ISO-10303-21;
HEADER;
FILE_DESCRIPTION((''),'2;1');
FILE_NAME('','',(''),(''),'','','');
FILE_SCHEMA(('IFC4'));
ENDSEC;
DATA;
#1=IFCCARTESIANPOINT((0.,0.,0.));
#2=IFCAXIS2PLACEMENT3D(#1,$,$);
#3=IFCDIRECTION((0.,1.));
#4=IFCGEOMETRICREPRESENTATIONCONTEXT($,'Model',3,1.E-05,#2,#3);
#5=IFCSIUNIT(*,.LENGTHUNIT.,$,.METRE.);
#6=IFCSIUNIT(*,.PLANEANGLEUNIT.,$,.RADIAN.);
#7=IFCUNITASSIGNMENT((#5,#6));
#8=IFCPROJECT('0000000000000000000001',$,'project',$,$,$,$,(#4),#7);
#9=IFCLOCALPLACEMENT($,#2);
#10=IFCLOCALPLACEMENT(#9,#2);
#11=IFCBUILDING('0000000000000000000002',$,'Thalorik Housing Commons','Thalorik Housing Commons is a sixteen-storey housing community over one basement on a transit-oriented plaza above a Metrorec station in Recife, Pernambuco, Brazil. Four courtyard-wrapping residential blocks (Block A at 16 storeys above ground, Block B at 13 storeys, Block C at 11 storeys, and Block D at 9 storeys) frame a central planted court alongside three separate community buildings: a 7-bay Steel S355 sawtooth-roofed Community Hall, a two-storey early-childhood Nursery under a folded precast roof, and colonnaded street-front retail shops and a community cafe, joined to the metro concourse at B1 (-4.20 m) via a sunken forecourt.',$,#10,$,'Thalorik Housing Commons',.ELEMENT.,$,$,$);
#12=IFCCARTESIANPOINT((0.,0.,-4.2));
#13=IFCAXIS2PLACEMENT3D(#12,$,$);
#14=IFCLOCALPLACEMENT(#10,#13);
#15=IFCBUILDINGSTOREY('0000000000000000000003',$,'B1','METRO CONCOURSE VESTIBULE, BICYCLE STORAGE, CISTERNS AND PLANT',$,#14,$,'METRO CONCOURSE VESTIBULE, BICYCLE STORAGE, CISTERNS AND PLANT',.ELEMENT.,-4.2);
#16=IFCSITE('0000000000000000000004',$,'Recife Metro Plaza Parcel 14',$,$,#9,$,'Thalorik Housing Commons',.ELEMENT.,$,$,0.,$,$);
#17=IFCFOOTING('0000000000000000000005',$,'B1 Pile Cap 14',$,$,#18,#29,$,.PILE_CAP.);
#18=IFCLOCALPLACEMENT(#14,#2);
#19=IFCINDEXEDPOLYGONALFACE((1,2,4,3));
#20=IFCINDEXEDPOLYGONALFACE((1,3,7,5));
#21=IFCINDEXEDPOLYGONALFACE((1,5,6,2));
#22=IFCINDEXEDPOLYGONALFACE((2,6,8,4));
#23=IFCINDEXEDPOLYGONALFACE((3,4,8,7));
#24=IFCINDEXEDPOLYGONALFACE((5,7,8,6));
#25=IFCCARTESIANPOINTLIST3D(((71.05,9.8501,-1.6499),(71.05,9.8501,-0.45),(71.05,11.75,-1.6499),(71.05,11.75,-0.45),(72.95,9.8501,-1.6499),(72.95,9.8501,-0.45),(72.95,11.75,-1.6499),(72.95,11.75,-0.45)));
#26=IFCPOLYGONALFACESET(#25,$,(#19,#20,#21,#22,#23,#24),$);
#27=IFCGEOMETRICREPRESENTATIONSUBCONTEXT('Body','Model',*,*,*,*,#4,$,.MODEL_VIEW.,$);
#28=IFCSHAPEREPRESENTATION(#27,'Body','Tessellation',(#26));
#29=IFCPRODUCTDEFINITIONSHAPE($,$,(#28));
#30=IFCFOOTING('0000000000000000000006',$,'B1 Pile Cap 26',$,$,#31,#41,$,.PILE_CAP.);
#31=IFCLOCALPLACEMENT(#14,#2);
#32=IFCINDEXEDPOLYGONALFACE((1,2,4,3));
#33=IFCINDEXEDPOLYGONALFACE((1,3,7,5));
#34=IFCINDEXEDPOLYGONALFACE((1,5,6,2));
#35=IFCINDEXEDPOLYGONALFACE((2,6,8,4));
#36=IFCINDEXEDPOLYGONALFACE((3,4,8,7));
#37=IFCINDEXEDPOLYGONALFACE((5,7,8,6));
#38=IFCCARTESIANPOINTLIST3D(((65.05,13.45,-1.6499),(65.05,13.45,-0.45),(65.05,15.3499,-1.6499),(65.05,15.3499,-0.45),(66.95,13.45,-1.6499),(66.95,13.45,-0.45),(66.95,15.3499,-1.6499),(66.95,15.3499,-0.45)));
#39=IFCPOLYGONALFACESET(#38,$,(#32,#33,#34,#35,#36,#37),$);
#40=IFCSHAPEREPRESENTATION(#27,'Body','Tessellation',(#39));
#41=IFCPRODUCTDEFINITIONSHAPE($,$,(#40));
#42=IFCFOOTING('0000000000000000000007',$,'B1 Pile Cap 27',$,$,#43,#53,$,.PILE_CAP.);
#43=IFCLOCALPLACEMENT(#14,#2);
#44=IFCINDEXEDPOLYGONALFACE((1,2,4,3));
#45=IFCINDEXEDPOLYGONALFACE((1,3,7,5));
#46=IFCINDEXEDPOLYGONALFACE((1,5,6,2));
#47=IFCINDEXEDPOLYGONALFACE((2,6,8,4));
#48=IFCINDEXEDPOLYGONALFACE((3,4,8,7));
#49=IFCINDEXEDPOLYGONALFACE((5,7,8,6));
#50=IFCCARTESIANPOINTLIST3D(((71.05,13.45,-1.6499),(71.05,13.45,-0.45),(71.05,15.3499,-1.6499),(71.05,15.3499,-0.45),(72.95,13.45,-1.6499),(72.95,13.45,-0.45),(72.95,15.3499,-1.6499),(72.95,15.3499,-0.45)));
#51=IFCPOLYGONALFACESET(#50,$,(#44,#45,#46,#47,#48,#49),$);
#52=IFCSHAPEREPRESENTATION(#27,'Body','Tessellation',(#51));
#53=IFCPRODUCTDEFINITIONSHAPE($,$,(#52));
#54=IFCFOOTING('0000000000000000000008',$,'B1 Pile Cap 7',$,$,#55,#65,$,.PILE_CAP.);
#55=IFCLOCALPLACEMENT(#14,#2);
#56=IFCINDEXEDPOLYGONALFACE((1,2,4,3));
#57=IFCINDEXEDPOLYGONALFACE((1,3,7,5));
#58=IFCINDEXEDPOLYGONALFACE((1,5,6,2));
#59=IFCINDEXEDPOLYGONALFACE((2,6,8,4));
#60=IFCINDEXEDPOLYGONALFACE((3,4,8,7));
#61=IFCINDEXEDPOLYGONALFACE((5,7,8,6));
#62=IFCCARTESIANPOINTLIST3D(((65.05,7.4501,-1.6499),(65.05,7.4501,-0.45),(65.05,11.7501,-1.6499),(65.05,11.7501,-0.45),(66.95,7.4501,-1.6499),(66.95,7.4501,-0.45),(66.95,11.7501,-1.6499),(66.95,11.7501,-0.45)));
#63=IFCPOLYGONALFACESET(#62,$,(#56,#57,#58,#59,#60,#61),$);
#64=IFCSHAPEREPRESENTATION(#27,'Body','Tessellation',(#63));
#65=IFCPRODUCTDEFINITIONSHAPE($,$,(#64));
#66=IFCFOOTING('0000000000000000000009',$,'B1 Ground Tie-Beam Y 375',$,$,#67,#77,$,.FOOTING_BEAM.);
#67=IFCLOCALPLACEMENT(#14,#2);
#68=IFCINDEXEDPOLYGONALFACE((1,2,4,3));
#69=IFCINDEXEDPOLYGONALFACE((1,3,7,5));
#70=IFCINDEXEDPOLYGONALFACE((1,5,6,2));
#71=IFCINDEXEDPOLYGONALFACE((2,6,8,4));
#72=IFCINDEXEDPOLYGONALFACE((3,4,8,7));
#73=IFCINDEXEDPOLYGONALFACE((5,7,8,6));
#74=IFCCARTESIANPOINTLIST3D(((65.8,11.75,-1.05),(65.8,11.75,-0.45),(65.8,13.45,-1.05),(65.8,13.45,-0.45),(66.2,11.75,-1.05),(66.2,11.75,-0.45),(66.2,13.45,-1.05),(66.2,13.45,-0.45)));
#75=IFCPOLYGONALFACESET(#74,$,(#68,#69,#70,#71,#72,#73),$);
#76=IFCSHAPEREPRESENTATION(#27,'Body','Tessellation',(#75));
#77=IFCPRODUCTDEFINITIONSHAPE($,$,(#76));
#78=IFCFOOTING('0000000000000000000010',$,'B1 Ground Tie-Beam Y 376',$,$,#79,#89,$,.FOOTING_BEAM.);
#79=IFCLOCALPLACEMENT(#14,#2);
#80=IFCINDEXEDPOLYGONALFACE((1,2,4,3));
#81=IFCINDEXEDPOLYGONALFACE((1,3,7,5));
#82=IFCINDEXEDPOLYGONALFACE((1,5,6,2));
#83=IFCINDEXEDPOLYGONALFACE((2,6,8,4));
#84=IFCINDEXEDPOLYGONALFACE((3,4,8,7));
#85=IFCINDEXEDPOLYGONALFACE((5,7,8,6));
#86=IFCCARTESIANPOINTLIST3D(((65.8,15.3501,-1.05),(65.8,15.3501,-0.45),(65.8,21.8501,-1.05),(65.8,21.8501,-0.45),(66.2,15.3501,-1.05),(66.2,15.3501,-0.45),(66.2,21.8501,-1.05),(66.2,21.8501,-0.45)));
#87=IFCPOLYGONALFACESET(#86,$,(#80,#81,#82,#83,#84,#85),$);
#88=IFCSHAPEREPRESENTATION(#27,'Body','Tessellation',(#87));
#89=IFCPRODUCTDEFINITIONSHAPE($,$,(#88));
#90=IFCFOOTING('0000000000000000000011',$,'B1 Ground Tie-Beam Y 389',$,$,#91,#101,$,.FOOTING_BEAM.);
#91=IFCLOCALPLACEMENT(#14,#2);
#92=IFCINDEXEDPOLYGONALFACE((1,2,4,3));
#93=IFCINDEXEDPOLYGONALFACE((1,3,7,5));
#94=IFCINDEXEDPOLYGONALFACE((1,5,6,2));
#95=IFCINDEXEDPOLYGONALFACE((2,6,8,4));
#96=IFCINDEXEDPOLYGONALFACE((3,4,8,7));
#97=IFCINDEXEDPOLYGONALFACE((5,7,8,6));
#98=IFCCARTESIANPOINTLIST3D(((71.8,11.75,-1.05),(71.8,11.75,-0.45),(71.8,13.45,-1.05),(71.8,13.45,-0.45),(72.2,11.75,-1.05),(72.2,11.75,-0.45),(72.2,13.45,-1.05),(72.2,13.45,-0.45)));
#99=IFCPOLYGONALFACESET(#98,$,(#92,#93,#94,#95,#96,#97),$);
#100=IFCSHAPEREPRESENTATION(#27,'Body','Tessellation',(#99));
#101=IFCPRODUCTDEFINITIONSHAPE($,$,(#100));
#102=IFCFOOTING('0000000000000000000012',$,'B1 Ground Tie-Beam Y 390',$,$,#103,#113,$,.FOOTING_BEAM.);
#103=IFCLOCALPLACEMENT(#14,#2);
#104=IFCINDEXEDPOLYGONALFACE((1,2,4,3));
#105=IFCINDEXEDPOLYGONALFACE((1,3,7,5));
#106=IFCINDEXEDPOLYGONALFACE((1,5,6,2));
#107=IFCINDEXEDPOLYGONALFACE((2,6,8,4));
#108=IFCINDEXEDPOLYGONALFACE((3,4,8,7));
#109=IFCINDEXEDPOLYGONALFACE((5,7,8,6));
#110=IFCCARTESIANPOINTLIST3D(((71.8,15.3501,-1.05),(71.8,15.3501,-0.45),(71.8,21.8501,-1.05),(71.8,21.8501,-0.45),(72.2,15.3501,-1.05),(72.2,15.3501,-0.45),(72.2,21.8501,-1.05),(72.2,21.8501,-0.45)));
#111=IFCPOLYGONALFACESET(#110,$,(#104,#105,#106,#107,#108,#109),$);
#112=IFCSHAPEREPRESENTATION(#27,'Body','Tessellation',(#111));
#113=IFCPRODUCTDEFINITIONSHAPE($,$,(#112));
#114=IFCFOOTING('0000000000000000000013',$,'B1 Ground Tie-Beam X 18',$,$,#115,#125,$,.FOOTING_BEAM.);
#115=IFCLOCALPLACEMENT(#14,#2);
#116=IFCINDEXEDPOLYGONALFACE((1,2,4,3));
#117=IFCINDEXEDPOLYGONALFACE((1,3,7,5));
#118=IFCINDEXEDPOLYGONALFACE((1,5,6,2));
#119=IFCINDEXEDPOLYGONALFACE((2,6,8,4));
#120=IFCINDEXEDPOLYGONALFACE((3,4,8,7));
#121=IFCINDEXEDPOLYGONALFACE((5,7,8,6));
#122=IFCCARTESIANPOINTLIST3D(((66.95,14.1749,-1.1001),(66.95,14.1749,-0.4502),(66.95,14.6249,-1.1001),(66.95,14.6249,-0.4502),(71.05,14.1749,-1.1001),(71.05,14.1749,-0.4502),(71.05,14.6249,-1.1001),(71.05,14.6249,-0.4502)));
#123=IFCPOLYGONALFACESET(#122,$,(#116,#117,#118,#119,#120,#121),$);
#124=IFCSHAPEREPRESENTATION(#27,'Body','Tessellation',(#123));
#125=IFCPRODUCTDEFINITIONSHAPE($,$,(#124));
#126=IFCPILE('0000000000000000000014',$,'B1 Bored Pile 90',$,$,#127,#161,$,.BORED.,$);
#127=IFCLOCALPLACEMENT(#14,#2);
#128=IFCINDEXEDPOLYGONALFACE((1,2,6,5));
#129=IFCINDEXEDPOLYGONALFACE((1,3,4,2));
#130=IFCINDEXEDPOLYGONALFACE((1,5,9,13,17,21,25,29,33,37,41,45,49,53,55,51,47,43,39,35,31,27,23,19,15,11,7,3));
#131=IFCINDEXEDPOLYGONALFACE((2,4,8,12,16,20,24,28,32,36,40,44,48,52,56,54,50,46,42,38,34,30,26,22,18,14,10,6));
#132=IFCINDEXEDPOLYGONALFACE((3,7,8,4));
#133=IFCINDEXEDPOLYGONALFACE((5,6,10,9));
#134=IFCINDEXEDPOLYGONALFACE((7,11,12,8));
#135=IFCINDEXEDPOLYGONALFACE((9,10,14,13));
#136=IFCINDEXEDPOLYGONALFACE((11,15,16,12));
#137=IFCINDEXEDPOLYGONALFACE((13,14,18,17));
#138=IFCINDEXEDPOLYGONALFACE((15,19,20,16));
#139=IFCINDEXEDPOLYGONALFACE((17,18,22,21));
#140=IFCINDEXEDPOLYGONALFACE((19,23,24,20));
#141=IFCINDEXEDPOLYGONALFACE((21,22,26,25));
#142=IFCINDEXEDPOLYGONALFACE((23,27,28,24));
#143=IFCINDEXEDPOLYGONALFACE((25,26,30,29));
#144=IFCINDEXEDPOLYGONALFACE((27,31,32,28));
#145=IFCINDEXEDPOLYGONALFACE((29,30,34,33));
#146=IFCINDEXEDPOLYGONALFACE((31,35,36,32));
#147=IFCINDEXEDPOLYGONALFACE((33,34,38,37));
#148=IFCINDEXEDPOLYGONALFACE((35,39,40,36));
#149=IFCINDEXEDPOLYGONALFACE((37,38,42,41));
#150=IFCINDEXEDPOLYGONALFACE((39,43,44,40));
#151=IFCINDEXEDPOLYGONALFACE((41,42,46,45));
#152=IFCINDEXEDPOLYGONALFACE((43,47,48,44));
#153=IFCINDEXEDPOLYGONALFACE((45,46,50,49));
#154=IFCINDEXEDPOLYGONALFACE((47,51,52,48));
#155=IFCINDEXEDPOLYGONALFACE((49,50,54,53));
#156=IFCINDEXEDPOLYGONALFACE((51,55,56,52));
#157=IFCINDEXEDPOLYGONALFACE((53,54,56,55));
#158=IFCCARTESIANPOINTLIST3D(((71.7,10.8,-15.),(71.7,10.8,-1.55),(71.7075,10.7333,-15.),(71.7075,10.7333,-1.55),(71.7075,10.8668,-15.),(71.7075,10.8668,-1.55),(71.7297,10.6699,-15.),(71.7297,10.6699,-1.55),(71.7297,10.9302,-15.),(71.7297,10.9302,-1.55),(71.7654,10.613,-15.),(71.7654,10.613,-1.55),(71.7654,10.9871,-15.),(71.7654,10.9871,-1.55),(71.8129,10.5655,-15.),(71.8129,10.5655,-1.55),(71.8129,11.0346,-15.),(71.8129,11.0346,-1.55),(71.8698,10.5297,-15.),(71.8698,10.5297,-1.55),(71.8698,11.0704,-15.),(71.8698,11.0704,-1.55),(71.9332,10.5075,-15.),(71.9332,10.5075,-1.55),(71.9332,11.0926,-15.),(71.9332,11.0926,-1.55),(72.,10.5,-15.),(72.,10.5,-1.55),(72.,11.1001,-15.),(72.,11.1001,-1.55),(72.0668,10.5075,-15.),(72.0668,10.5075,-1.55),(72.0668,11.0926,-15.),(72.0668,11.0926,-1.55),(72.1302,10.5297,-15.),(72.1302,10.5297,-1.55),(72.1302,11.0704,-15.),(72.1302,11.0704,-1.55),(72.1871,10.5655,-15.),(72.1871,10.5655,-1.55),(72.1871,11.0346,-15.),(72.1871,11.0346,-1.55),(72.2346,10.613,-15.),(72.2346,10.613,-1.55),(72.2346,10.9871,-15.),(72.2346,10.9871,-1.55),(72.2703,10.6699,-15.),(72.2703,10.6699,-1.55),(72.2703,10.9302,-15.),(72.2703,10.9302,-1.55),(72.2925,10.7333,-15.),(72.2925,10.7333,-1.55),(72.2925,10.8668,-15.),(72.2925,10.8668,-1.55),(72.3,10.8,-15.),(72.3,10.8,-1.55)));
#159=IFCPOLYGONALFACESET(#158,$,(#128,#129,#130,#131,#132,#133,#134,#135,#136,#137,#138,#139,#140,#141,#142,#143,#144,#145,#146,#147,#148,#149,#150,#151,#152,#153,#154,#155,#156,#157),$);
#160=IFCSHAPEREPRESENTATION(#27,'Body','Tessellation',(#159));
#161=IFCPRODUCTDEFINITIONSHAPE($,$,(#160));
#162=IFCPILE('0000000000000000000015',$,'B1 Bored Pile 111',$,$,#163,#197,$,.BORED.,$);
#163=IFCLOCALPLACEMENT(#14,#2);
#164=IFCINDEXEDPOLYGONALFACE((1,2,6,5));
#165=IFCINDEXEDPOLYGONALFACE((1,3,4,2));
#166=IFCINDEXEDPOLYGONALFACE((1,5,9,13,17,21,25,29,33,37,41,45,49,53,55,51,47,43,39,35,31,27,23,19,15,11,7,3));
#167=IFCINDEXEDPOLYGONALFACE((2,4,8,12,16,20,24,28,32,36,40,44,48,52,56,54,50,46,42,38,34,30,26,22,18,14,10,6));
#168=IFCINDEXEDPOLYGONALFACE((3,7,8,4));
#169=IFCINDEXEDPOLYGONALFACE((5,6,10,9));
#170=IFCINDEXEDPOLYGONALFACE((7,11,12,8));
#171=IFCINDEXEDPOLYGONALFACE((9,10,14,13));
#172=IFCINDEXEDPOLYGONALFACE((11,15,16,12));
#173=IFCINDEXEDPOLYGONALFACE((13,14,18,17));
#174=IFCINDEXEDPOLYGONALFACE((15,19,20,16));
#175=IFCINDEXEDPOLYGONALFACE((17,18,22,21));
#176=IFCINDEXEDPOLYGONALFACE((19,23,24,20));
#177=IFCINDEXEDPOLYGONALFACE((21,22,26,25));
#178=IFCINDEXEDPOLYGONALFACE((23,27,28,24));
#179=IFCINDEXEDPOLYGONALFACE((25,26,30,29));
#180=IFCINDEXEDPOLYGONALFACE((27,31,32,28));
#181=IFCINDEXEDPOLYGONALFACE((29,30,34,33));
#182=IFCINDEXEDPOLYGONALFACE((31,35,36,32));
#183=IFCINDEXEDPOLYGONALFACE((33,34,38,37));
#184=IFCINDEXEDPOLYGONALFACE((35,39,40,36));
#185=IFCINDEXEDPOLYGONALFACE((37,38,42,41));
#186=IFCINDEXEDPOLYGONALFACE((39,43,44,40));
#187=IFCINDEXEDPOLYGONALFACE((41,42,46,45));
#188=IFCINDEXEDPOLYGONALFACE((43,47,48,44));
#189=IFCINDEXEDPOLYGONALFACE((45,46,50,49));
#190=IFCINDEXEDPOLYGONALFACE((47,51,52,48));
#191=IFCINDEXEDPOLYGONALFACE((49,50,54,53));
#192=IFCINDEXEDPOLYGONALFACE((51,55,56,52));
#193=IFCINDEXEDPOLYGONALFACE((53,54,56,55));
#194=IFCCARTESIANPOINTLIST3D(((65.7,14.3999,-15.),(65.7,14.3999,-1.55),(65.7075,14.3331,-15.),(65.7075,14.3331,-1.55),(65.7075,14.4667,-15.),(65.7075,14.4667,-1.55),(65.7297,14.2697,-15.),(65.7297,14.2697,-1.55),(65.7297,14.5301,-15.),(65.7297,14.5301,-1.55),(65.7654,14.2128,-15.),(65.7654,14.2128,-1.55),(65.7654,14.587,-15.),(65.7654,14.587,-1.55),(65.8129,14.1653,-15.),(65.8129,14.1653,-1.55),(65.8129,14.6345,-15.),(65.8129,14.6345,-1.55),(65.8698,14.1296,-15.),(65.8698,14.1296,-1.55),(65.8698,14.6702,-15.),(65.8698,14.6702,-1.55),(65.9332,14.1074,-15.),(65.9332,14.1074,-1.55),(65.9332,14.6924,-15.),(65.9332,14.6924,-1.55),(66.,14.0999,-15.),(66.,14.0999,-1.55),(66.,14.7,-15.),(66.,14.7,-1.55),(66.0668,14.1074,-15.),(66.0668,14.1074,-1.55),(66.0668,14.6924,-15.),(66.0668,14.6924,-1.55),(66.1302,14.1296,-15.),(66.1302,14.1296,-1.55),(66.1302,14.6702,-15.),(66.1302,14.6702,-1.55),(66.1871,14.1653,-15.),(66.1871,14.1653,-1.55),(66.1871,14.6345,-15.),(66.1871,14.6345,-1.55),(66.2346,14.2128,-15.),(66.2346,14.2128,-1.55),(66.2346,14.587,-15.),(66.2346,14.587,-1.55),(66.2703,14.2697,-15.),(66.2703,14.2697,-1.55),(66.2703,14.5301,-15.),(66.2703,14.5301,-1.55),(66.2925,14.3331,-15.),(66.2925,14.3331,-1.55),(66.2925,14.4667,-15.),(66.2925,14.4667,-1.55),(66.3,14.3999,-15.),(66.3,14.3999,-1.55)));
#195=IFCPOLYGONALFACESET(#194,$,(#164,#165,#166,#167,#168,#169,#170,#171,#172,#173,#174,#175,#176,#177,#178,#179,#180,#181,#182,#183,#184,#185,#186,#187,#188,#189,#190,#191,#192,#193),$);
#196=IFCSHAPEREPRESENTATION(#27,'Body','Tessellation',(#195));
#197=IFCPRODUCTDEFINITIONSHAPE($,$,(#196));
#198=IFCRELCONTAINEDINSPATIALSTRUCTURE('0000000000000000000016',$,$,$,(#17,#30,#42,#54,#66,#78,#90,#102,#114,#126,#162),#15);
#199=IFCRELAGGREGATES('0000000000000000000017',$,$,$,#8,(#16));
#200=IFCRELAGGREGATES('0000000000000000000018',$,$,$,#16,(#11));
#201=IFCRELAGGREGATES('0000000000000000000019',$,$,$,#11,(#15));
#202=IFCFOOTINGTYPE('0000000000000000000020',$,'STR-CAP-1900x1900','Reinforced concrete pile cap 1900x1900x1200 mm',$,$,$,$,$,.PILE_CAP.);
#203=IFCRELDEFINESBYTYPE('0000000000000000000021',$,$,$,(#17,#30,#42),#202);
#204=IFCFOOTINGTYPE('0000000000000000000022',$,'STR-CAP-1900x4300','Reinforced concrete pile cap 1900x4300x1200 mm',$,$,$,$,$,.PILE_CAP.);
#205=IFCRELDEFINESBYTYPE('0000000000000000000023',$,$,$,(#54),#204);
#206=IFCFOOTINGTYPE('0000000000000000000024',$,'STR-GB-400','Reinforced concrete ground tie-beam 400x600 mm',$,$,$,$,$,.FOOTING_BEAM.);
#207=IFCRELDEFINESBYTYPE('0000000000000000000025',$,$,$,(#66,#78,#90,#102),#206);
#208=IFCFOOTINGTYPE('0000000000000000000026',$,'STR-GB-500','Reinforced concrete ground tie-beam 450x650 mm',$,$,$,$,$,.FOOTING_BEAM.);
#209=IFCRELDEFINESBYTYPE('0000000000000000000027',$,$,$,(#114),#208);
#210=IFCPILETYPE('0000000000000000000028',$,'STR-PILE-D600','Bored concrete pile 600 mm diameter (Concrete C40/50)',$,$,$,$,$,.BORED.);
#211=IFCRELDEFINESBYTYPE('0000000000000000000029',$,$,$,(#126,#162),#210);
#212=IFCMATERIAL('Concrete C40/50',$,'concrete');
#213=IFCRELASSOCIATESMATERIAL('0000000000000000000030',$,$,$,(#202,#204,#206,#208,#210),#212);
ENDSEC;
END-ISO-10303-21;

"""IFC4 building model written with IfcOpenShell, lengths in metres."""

from ifc_helpers import new_model, si_unit, direction, frame, origin, origin_2d, place, context, subcontext, project, spatial, rectangle, circle, extrude, material, material_profile, profile_set, type_object, element, save


model = new_model("IFC4")

# Units and contexts
model_context = context("Model", 3, precision=1e-05, world=origin(), true_north=direction((0.0, 1.0)))
body_context = subcontext(model_context, "Body", "Model", "MODEL_VIEW")
ifc_project = project(units=[si_unit("LENGTHUNIT", "METRE"), si_unit("PLANEANGLEUNIT", "RADIAN")], contexts=[model_context])

# Site, building, storey
site_placement = place(None, origin())
site = spatial("IfcSite", under=ifc_project, at=site_placement, Name="Recife Metro Plaza Parcel 14", LongName="Thalorik Housing Commons", CompositionType="ELEMENT", RefElevation=0.0)
building_placement = place(site_placement, origin())
building = spatial("IfcBuilding", under=site, at=building_placement, Name="Thalorik Housing Commons", Description="Thalorik Housing Commons is a sixteen-storey housing community over one basement on a transit-oriented plaza above a Metrorec station in Recife, Pernambuco, Brazil. Four courtyard-wrapping residential blocks (Block A at 16 storeys above ground, Block B at 13 storeys, Block C at 11 storeys, and Block D at 9 storeys) frame a central planted court alongside three separate community buildings: a 7-bay Steel S355 sawtooth-roofed Community Hall, a two-storey early-childhood Nursery under a folded precast roof, and colonnaded street-front retail shops and a community cafe, joined to the metro concourse at B1 (-4.20 m) via a sunken forecourt.", LongName="Thalorik Housing Commons", CompositionType="ELEMENT")
storey_placement = place(building_placement, frame((0.0, 0.0, -4.2)))
storey = spatial("IfcBuildingStorey", under=building, at=storey_placement, Name="B1", Description="METRO CONCOURSE VESTIBULE, BICYCLE STORAGE, CISTERNS AND PLANT", LongName="METRO CONCOURSE VESTIBULE, BICYCLE STORAGE, CISTERNS AND PLANT", CompositionType="ELEMENT", Elevation=-4.2)

# Footings
ifc_material_1 = material(Name="Concrete C40/50", Category="concrete")
footing_type_1 = type_object("IfcFootingType", Name="STR-CAP-1900x1900", Description="Reinforced concrete pile cap 1900x1900x1200 mm", PredefinedType="PILE_CAP", material=ifc_material_1)
for number, where, z_axis, x_axis, name in (
    (1, (72.0, 10.8, -1.6499), (0.0, 0.0, 1.0), (1.0, 0.0, 0.0), "B1 Pile Cap 14"),
    (2, (66.0, 14.3999, -1.6499), (0.0, 0.0, 1.0), (1.0, 0.0, 0.0), "B1 Pile Cap 26"),
    (3, (72.0, 14.3999, -1.6499), (0.0, 0.0, 1.0), (1.0, 0.0, 0.0), "B1 Pile Cap 27"),
):
    element("IfcFooting", number, at=place(storey_placement, frame(where, z_axis=z_axis, x_axis=x_axis)), inside=storey, type_object=footing_type_1, Name=name, PredefinedType="PILE_CAP", context=body_context, shape_type="SweptSolid", body=[
        extrude(rectangle(XDim=1.8999, YDim=1.8999, at=origin_2d()), origin(), (0.0, 0.0, 1.0), 1.2),
    ])
footing_type_2 = type_object("IfcFootingType", Name="STR-CAP-1900x4300", Description="Reinforced concrete pile cap 1900x4300x1200 mm", PredefinedType="PILE_CAP", material=ifc_material_1)
footing_1_placement = place(storey_placement, frame((66.0, 9.6001, -1.6499), z_axis=(0.0, 0.0, 1.0), x_axis=(1.0, 0.0, 0.0)))
element("IfcFooting", 4, at=footing_1_placement, inside=storey, type_object=footing_type_2, Name="B1 Pile Cap 7", PredefinedType="PILE_CAP", context=body_context, shape_type="SweptSolid", body=[
    extrude(rectangle(XDim=1.8999, YDim=4.3, at=origin_2d()), origin(), (0.0, 0.0, 1.0), 1.2),
])
ifc_material_profile_1 = material_profile(ifc_material_1, rectangle(XDim=0.3999, YDim=0.6001, at=origin_2d()), Name="RC 400x600", Category="concrete")
ifc_profile_set_1 = profile_set([ifc_material_profile_1], Name="Concrete C40/50")
footing_type_3 = type_object("IfcFootingType", Name="STR-GB-400", Description="Reinforced concrete ground tie-beam 400x600 mm", PredefinedType="FOOTING_BEAM", material=ifc_profile_set_1)
footing_2_placement = place(storey_placement, frame((66.0, 11.75, -0.75), z_axis=(0.0, 1.0, 0.0), x_axis=(-1.0, 0.0, 0.0)))
element("IfcFooting", 5, at=footing_2_placement, inside=storey, type_object=footing_type_3, Name="B1 Ground Tie-Beam Y 375", PredefinedType="FOOTING_BEAM", context=body_context, shape_type="SweptSolid", body=[
    extrude(rectangle(XDim=0.3999, YDim=0.6001, at=origin_2d()), origin(), (0.0, 0.0, 1.0), 1.7),
])
footing_3_placement = place(storey_placement, frame((66.0, 15.3501, -0.75), z_axis=(0.0, 1.0, 0.0), x_axis=(-1.0, 0.0, 0.0)))
element("IfcFooting", 6, at=footing_3_placement, inside=storey, type_object=footing_type_3, Name="B1 Ground Tie-Beam Y 376", PredefinedType="FOOTING_BEAM", context=body_context, shape_type="SweptSolid", body=[
    extrude(rectangle(XDim=0.3999, YDim=0.6001, at=origin_2d()), origin(), (0.0, 0.0, 1.0), 6.5),
])
footing_4_placement = place(storey_placement, frame((72.0, 11.75, -0.75), z_axis=(0.0, 1.0, 0.0), x_axis=(-1.0, 0.0, 0.0)))
element("IfcFooting", 7, at=footing_4_placement, inside=storey, type_object=footing_type_3, Name="B1 Ground Tie-Beam Y 389", PredefinedType="FOOTING_BEAM", context=body_context, shape_type="SweptSolid", body=[
    extrude(rectangle(XDim=0.3999, YDim=0.6001, at=origin_2d()), origin(), (0.0, 0.0, 1.0), 1.7),
])
footing_5_placement = place(storey_placement, frame((72.0, 15.3501, -0.75), z_axis=(0.0, 1.0, 0.0), x_axis=(-1.0, 0.0, 0.0)))
element("IfcFooting", 8, at=footing_5_placement, inside=storey, type_object=footing_type_3, Name="B1 Ground Tie-Beam Y 390", PredefinedType="FOOTING_BEAM", context=body_context, shape_type="SweptSolid", body=[
    extrude(rectangle(XDim=0.3999, YDim=0.6001, at=origin_2d()), origin(), (0.0, 0.0, 1.0), 6.5),
])
ifc_material_profile_2 = material_profile(ifc_material_1, rectangle(XDim=0.45, YDim=0.6499, at=origin_2d()), Name="RC 450x650", Category="concrete")
ifc_profile_set_2 = profile_set([ifc_material_profile_2], Name="Concrete C40/50")
footing_type_4 = type_object("IfcFootingType", Name="STR-GB-500", Description="Reinforced concrete ground tie-beam 450x650 mm", PredefinedType="FOOTING_BEAM", material=ifc_profile_set_2)
footing_6_placement = place(storey_placement, frame((66.95, 14.3999, -0.7751), z_axis=(1.0, 0.0, 0.0), x_axis=(0.0, 1.0, 0.0)))
element("IfcFooting", 9, at=footing_6_placement, inside=storey, type_object=footing_type_4, Name="B1 Ground Tie-Beam X 18", PredefinedType="FOOTING_BEAM", context=body_context, shape_type="SweptSolid", body=[
    extrude(rectangle(XDim=0.45, YDim=0.6499, at=origin_2d()), origin(), (0.0, 0.0, 1.0), 4.1001),
])

# Piles
ifc_material_profile_3 = material_profile(ifc_material_1, circle(Radius=0.3, at=origin_2d()), Name="BORED PILE D600", Category="concrete")
ifc_profile_set_3 = profile_set([ifc_material_profile_3], Name="Concrete C40/50")
pile_type_1 = type_object("IfcPileType", Name="STR-PILE-D600", Description="Bored concrete pile 600 mm diameter (Concrete C40/50)", PredefinedType="BORED", material=ifc_profile_set_3)
for number, where, z_axis, x_axis, name in (
    (10, (72.0, 10.8, -1.55), (0.0, 0.0, -1.0), (1.0, 0.0, 0.0), "B1 Bored Pile 90"),
    (11, (66.0, 14.3999, -1.55), (0.0, 0.0, -1.0), (1.0, 0.0, 0.0), "B1 Bored Pile 111"),
):
    element("IfcPile", number, at=place(storey_placement, frame(where, z_axis=z_axis, x_axis=x_axis)), inside=storey, type_object=pile_type_1, Name=name, PredefinedType="BORED", context=body_context, shape_type="SweptSolid", body=[
        extrude(circle(Radius=0.3, at=origin_2d()), origin(), (0.0, 0.0, 1.0), 13.45),
    ])

save(model, "model.ifc")
